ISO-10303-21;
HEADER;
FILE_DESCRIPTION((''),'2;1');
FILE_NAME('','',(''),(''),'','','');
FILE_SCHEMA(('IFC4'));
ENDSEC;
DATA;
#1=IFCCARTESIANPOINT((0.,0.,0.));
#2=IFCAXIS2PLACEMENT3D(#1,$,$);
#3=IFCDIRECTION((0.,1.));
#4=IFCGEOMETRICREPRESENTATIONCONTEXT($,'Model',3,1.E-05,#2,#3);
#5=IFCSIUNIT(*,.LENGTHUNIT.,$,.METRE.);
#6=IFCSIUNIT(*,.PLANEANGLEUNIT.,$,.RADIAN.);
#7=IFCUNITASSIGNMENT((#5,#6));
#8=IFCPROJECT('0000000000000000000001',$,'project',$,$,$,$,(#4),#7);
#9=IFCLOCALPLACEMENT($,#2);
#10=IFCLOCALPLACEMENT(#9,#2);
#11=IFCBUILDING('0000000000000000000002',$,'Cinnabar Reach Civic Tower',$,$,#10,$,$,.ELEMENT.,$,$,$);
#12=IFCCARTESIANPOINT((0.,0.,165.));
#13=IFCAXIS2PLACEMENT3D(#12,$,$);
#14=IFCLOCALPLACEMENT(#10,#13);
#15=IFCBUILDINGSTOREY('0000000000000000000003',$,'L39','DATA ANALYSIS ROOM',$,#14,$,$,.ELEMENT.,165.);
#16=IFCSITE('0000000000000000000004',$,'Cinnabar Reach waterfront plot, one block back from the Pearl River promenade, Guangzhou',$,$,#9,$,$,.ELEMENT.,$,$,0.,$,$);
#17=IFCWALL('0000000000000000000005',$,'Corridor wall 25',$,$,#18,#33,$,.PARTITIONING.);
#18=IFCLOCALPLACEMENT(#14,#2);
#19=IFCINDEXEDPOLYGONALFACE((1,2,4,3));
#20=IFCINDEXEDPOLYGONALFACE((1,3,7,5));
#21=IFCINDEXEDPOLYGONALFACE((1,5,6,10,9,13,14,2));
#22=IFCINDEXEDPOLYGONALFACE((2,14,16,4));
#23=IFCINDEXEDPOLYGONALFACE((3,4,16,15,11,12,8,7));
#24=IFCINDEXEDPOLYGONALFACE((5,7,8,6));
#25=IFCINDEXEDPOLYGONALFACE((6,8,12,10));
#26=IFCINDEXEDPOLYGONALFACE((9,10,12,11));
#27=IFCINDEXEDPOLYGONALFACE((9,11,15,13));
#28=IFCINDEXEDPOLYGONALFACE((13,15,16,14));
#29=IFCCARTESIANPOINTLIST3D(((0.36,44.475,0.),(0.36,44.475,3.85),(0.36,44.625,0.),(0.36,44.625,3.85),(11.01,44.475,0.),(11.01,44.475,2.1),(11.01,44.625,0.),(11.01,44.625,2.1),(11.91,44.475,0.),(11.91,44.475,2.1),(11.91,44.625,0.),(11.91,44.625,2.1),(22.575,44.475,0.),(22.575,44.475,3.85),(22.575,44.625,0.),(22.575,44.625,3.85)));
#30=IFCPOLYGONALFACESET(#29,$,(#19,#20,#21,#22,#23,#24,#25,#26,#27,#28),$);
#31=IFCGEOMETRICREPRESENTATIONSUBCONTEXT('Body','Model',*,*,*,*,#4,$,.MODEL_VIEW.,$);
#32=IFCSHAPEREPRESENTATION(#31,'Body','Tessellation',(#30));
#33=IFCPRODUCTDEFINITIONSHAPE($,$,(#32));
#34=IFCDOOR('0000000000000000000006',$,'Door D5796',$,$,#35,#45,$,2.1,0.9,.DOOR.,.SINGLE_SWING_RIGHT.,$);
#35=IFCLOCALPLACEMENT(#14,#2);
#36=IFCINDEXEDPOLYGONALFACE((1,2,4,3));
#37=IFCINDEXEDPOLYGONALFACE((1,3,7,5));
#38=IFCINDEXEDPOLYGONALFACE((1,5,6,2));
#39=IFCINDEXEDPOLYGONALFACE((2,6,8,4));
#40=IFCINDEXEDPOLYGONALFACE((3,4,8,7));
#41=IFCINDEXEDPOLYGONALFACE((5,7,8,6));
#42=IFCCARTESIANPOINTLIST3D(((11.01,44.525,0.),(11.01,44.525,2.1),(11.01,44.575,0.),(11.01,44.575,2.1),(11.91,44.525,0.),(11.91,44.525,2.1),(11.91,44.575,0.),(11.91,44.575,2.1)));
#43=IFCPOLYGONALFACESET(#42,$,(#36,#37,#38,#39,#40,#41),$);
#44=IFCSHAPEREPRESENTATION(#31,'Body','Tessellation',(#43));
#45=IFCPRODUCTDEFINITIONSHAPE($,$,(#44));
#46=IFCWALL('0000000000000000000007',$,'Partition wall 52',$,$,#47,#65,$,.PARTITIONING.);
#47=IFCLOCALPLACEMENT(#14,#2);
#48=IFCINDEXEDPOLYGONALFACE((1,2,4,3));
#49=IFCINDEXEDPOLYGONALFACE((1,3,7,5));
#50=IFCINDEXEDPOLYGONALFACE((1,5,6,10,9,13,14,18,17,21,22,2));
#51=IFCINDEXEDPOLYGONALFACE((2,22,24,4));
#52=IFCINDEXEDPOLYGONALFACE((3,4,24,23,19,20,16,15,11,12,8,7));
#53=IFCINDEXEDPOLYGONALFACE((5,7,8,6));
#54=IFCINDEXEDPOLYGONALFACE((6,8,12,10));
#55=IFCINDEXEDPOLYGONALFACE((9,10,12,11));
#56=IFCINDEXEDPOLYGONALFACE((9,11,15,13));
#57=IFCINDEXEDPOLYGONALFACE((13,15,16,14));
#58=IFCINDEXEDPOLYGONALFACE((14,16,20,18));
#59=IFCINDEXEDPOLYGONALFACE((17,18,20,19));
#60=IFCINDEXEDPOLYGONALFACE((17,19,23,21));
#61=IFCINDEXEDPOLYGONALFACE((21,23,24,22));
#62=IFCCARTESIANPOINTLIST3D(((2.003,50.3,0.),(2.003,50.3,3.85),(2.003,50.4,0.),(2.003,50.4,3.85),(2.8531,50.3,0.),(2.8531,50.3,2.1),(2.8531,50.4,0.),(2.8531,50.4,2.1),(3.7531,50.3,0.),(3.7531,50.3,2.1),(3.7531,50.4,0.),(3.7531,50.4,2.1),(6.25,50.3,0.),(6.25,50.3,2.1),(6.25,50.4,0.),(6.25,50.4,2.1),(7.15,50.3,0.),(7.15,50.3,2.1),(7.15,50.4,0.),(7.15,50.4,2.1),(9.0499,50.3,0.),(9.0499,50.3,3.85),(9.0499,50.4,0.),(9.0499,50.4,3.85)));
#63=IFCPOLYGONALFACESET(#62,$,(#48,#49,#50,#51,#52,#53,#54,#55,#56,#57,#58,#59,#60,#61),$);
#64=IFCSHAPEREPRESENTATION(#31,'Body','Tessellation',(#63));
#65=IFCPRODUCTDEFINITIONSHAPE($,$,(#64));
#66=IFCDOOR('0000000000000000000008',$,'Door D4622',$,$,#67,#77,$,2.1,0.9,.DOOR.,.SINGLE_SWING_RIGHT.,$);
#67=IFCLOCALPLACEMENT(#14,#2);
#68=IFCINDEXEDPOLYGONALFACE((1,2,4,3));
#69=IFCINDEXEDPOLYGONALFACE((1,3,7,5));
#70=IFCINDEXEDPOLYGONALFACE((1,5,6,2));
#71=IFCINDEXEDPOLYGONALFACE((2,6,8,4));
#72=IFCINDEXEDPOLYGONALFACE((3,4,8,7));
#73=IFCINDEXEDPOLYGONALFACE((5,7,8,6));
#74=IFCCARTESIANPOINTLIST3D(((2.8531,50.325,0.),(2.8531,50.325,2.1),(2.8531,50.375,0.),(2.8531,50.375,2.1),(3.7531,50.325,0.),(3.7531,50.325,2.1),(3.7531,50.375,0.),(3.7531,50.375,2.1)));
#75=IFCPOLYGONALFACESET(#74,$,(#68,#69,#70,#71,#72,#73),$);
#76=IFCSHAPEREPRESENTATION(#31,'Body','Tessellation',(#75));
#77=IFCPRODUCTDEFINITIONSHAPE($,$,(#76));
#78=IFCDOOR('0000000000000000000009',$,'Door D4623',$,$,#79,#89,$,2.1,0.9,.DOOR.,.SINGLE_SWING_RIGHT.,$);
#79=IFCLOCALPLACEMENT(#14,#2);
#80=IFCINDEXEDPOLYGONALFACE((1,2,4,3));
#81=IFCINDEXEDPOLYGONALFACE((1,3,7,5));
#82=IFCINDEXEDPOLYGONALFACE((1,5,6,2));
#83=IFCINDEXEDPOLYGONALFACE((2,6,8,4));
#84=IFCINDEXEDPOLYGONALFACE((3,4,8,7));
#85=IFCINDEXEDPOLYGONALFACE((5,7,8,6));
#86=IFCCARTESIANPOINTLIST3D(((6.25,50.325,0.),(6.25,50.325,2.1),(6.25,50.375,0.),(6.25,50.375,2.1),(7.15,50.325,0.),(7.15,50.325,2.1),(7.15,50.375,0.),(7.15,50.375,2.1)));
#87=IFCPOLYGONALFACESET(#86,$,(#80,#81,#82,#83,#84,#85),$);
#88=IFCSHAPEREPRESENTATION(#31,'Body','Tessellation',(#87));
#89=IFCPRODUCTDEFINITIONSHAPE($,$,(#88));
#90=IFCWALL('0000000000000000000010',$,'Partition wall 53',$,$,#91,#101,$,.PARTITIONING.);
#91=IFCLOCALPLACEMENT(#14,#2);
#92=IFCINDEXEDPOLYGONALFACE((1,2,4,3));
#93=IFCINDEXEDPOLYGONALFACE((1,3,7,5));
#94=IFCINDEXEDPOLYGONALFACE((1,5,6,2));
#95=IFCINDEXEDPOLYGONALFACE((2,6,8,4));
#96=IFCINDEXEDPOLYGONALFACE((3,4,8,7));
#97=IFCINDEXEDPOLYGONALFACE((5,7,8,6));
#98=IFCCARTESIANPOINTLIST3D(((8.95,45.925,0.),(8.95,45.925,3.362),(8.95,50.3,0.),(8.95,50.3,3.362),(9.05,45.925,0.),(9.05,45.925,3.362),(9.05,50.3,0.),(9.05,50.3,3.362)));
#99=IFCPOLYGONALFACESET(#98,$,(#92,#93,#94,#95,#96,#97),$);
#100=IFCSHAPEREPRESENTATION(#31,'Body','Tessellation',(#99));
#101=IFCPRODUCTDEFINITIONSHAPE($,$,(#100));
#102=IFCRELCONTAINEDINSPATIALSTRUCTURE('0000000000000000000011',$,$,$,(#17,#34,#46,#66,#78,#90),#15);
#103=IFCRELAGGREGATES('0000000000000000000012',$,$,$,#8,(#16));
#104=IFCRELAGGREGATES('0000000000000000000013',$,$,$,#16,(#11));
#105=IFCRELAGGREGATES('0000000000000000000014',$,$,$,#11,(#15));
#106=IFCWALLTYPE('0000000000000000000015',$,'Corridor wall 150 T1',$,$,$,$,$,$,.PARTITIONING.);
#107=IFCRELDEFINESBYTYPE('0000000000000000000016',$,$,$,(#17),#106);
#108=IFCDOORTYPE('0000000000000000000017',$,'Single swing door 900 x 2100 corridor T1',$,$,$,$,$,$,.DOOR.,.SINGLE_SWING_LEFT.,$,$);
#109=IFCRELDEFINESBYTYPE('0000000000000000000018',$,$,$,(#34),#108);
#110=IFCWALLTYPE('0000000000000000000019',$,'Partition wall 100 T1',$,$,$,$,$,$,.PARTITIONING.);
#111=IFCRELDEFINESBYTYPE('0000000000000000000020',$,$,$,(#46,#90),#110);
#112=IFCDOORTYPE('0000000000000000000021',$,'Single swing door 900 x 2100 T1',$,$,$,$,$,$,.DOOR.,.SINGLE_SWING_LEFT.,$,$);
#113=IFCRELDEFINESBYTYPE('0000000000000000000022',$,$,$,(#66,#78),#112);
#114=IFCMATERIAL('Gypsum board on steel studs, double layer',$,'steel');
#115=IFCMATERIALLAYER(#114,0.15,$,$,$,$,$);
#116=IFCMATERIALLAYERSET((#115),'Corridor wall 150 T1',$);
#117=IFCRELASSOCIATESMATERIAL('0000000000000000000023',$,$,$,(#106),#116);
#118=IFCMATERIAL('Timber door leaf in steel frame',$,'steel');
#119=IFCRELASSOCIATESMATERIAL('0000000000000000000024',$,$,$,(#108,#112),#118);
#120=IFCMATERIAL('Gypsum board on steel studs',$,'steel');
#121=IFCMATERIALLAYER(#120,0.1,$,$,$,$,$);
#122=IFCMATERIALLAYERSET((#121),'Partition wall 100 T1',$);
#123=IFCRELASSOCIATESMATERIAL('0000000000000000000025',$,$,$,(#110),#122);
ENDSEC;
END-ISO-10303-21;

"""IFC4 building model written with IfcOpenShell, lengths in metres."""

from ifc_helpers import new_model, si_unit, direction, frame, frame_2d, origin, place, context, subcontext, project, spatial, rectangle, extrude, material, layer, layer_set, type_object, element, fill, save


model = new_model("IFC4")

# Units and contexts
model_context = context("Model", 3, precision=1e-05, world=origin(), true_north=direction((0.0, 1.0)))
body_context = subcontext(model_context, "Body", "Model", "MODEL_VIEW")
ifc_project = project(units=[si_unit("LENGTHUNIT", "METRE"), si_unit("PLANEANGLEUNIT", "RADIAN")], contexts=[model_context])

# Site, building, storey
site_placement = place(None, origin())
site = spatial("IfcSite", under=ifc_project, at=site_placement, Name="Cinnabar Reach waterfront plot, one block back from the Pearl River promenade, Guangzhou", CompositionType="ELEMENT", RefElevation=0.0)
building_placement = place(site_placement, origin())
building = spatial("IfcBuilding", under=site, at=building_placement, Name="Cinnabar Reach Civic Tower", CompositionType="ELEMENT")
storey_placement = place(building_placement, frame((0.0, 0.0, 165.0)))
storey = spatial("IfcBuildingStorey", under=building, at=storey_placement, Name="L39", Description="DATA ANALYSIS ROOM", CompositionType="ELEMENT", Elevation=165.0)

# Shared definitions
ifc_material_1 = material(Name="Timber door leaf in steel frame", Category="steel")

# Shared definitions
ifc_material_2 = material(Name="Gypsum board on steel studs, double layer", Category="steel")
ifc_layer_1 = layer(ifc_material_2, 0.15)
ifc_layer_set_1 = layer_set([ifc_layer_1], Name="Corridor wall 150 T1")
wall_type_1 = type_object("IfcWallType", Name="Corridor wall 150 T1", PredefinedType="PARTITIONING", material=ifc_layer_set_1)
door_type_1 = type_object("IfcDoorType", Name="Single swing door 900 x 2100 corridor T1", OperationType="SINGLE_SWING_LEFT", PredefinedType="DOOR", material=ifc_material_1)

# Wall, opening, door
wall_1_placement = place(storey_placement, frame((0.36, 44.55, 0.0), z_axis=(0.0, 0.0, 1.0), x_axis=(1.0, 0.0, 0.0)))
wall_1 = element("IfcWall", 1, at=wall_1_placement, inside=storey, type_object=wall_type_1, Name="Corridor wall 25", PredefinedType="PARTITIONING", context=body_context, shape_type="SweptSolid", body=[
    extrude(rectangle(XDim=22.215, YDim=0.15, at=frame_2d((11.1075, 0.0))), origin(), (0.0, 0.0, 1.0), 3.85),
])
opening_1_placement = place(wall_1_placement, frame((10.65, 0.0, 0.0)))
opening_1 = element("IfcOpeningElement", 2, at=opening_1_placement, cuts=wall_1, PredefinedType="OPENING", context=body_context, shape_type="SweptSolid", body=[
    extrude(rectangle(XDim=0.9, YDim=2.1, at=frame_2d((0.45, 1.05))), frame((0.0, 0.085, 0.0), z_axis=(0.0, -1.0, 0.0), x_axis=(1.0, 0.0, 0.0)), (0.0, 0.0, 1.0), 0.17),
])
door_1_placement = place(opening_1_placement, frame((0.9, 0.0, 0.0), z_axis=(0.0, 0.0, 1.0), x_axis=(-1.0, 0.0, 0.0)))
door_1 = element("IfcDoor", 3, at=door_1_placement, inside=storey, type_object=door_type_1, Name="Door D5796", OperationType="SINGLE_SWING_RIGHT", OverallHeight=2.1, OverallWidth=0.9, PredefinedType="DOOR", context=body_context, shape_type="SweptSolid", body=[
    extrude(rectangle(XDim=0.9, YDim=2.1, at=frame_2d((0.45, 1.05))), frame((0.0, 0.025, 0.0), z_axis=(0.0, -1.0, 0.0), x_axis=(1.0, 0.0, 0.0)), (0.0, 0.0, 1.0), 0.05),
])
fill(opening_1, door_1)

# Wall, openings, doors
ifc_material_3 = material(Name="Gypsum board on steel studs", Category="steel")
ifc_layer_2 = layer(ifc_material_3, 0.1)
ifc_layer_set_2 = layer_set([ifc_layer_2], Name="Partition wall 100 T1")
wall_type_2 = type_object("IfcWallType", Name="Partition wall 100 T1", PredefinedType="PARTITIONING", material=ifc_layer_set_2)
wall_2_placement = place(storey_placement, frame((2.0031, 50.35, 0.0), z_axis=(0.0, 0.0, 1.0), x_axis=(1.0, 0.0, 0.0)))
wall_2 = element("IfcWall", 4, at=wall_2_placement, inside=storey, type_object=wall_type_2, Name="Partition wall 52", PredefinedType="PARTITIONING", context=body_context, shape_type="SweptSolid", body=[
    extrude(rectangle(XDim=7.0469, YDim=0.1, at=frame_2d((3.5234, 0.0))), origin(), (0.0, 0.0, 1.0), 3.85),
])
opening_2_placement = place(wall_2_placement, frame((0.85, 0.0, 0.0)))
opening_2 = element("IfcOpeningElement", 5, at=opening_2_placement, cuts=wall_2, PredefinedType="OPENING", context=body_context, shape_type="SweptSolid", body=[
    extrude(rectangle(XDim=0.9, YDim=2.1, at=frame_2d((0.45, 1.05))), frame((0.0, 0.06, 0.0), z_axis=(0.0, -1.0, 0.0), x_axis=(1.0, 0.0, 0.0)), (0.0, 0.0, 1.0), 0.12),
])
opening_3_placement = place(wall_2_placement, frame((4.2469, 0.0, 0.0)))
opening_3 = element("IfcOpeningElement", 6, at=opening_3_placement, cuts=wall_2, PredefinedType="OPENING", context=body_context, shape_type="SweptSolid", body=[
    extrude(rectangle(XDim=0.9, YDim=2.1, at=frame_2d((0.45, 1.05))), frame((0.0, 0.06, 0.0), z_axis=(0.0, -1.0, 0.0), x_axis=(1.0, 0.0, 0.0)), (0.0, 0.0, 1.0), 0.12),
])
door_type_2 = type_object("IfcDoorType", Name="Single swing door 900 x 2100 T1", OperationType="SINGLE_SWING_LEFT", PredefinedType="DOOR", material=ifc_material_1)
door_2_placement = place(opening_2_placement, origin())
door_2 = element("IfcDoor", 7, at=door_2_placement, inside=storey, type_object=door_type_2, Name="Door D4622", OperationType="SINGLE_SWING_RIGHT", OverallHeight=2.1, OverallWidth=0.9, PredefinedType="DOOR", context=body_context, shape_type="SweptSolid", body=[
    extrude(rectangle(XDim=0.9, YDim=2.1, at=frame_2d((0.45, 1.05))), frame((0.0, 0.025, 0.0), z_axis=(0.0, -1.0, 0.0), x_axis=(1.0, 0.0, 0.0)), (0.0, 0.0, 1.0), 0.05),
])
fill(opening_2, door_2)
door_3_placement = place(opening_3_placement, origin())
door_3 = element("IfcDoor", 8, at=door_3_placement, inside=storey, type_object=door_type_2, Name="Door D4623", OperationType="SINGLE_SWING_RIGHT", OverallHeight=2.1, OverallWidth=0.9, PredefinedType="DOOR", context=body_context, shape_type="SweptSolid", body=[
    extrude(rectangle(XDim=0.9, YDim=2.1, at=frame_2d((0.45, 1.05))), frame((0.0, 0.025, 0.0), z_axis=(0.0, -1.0, 0.0), x_axis=(1.0, 0.0, 0.0)), (0.0, 0.0, 1.0), 0.05),
])
fill(opening_3, door_3)

# Wall
wall_3_placement = place(storey_placement, frame((9.0, 45.925, 0.0), z_axis=(0.0, 0.0, 1.0), x_axis=(0.0, 1.0, 0.0)))
element("IfcWall", 9, at=wall_3_placement, inside=storey, type_object=wall_type_2, Name="Partition wall 53", PredefinedType="PARTITIONING", context=body_context, shape_type="SweptSolid", body=[
    extrude(rectangle(XDim=4.375, YDim=0.1, at=frame_2d((2.1875, 0.0))), origin(), (0.0, 0.0, 1.0), 3.362),
])

save(model, "model.ifc")
